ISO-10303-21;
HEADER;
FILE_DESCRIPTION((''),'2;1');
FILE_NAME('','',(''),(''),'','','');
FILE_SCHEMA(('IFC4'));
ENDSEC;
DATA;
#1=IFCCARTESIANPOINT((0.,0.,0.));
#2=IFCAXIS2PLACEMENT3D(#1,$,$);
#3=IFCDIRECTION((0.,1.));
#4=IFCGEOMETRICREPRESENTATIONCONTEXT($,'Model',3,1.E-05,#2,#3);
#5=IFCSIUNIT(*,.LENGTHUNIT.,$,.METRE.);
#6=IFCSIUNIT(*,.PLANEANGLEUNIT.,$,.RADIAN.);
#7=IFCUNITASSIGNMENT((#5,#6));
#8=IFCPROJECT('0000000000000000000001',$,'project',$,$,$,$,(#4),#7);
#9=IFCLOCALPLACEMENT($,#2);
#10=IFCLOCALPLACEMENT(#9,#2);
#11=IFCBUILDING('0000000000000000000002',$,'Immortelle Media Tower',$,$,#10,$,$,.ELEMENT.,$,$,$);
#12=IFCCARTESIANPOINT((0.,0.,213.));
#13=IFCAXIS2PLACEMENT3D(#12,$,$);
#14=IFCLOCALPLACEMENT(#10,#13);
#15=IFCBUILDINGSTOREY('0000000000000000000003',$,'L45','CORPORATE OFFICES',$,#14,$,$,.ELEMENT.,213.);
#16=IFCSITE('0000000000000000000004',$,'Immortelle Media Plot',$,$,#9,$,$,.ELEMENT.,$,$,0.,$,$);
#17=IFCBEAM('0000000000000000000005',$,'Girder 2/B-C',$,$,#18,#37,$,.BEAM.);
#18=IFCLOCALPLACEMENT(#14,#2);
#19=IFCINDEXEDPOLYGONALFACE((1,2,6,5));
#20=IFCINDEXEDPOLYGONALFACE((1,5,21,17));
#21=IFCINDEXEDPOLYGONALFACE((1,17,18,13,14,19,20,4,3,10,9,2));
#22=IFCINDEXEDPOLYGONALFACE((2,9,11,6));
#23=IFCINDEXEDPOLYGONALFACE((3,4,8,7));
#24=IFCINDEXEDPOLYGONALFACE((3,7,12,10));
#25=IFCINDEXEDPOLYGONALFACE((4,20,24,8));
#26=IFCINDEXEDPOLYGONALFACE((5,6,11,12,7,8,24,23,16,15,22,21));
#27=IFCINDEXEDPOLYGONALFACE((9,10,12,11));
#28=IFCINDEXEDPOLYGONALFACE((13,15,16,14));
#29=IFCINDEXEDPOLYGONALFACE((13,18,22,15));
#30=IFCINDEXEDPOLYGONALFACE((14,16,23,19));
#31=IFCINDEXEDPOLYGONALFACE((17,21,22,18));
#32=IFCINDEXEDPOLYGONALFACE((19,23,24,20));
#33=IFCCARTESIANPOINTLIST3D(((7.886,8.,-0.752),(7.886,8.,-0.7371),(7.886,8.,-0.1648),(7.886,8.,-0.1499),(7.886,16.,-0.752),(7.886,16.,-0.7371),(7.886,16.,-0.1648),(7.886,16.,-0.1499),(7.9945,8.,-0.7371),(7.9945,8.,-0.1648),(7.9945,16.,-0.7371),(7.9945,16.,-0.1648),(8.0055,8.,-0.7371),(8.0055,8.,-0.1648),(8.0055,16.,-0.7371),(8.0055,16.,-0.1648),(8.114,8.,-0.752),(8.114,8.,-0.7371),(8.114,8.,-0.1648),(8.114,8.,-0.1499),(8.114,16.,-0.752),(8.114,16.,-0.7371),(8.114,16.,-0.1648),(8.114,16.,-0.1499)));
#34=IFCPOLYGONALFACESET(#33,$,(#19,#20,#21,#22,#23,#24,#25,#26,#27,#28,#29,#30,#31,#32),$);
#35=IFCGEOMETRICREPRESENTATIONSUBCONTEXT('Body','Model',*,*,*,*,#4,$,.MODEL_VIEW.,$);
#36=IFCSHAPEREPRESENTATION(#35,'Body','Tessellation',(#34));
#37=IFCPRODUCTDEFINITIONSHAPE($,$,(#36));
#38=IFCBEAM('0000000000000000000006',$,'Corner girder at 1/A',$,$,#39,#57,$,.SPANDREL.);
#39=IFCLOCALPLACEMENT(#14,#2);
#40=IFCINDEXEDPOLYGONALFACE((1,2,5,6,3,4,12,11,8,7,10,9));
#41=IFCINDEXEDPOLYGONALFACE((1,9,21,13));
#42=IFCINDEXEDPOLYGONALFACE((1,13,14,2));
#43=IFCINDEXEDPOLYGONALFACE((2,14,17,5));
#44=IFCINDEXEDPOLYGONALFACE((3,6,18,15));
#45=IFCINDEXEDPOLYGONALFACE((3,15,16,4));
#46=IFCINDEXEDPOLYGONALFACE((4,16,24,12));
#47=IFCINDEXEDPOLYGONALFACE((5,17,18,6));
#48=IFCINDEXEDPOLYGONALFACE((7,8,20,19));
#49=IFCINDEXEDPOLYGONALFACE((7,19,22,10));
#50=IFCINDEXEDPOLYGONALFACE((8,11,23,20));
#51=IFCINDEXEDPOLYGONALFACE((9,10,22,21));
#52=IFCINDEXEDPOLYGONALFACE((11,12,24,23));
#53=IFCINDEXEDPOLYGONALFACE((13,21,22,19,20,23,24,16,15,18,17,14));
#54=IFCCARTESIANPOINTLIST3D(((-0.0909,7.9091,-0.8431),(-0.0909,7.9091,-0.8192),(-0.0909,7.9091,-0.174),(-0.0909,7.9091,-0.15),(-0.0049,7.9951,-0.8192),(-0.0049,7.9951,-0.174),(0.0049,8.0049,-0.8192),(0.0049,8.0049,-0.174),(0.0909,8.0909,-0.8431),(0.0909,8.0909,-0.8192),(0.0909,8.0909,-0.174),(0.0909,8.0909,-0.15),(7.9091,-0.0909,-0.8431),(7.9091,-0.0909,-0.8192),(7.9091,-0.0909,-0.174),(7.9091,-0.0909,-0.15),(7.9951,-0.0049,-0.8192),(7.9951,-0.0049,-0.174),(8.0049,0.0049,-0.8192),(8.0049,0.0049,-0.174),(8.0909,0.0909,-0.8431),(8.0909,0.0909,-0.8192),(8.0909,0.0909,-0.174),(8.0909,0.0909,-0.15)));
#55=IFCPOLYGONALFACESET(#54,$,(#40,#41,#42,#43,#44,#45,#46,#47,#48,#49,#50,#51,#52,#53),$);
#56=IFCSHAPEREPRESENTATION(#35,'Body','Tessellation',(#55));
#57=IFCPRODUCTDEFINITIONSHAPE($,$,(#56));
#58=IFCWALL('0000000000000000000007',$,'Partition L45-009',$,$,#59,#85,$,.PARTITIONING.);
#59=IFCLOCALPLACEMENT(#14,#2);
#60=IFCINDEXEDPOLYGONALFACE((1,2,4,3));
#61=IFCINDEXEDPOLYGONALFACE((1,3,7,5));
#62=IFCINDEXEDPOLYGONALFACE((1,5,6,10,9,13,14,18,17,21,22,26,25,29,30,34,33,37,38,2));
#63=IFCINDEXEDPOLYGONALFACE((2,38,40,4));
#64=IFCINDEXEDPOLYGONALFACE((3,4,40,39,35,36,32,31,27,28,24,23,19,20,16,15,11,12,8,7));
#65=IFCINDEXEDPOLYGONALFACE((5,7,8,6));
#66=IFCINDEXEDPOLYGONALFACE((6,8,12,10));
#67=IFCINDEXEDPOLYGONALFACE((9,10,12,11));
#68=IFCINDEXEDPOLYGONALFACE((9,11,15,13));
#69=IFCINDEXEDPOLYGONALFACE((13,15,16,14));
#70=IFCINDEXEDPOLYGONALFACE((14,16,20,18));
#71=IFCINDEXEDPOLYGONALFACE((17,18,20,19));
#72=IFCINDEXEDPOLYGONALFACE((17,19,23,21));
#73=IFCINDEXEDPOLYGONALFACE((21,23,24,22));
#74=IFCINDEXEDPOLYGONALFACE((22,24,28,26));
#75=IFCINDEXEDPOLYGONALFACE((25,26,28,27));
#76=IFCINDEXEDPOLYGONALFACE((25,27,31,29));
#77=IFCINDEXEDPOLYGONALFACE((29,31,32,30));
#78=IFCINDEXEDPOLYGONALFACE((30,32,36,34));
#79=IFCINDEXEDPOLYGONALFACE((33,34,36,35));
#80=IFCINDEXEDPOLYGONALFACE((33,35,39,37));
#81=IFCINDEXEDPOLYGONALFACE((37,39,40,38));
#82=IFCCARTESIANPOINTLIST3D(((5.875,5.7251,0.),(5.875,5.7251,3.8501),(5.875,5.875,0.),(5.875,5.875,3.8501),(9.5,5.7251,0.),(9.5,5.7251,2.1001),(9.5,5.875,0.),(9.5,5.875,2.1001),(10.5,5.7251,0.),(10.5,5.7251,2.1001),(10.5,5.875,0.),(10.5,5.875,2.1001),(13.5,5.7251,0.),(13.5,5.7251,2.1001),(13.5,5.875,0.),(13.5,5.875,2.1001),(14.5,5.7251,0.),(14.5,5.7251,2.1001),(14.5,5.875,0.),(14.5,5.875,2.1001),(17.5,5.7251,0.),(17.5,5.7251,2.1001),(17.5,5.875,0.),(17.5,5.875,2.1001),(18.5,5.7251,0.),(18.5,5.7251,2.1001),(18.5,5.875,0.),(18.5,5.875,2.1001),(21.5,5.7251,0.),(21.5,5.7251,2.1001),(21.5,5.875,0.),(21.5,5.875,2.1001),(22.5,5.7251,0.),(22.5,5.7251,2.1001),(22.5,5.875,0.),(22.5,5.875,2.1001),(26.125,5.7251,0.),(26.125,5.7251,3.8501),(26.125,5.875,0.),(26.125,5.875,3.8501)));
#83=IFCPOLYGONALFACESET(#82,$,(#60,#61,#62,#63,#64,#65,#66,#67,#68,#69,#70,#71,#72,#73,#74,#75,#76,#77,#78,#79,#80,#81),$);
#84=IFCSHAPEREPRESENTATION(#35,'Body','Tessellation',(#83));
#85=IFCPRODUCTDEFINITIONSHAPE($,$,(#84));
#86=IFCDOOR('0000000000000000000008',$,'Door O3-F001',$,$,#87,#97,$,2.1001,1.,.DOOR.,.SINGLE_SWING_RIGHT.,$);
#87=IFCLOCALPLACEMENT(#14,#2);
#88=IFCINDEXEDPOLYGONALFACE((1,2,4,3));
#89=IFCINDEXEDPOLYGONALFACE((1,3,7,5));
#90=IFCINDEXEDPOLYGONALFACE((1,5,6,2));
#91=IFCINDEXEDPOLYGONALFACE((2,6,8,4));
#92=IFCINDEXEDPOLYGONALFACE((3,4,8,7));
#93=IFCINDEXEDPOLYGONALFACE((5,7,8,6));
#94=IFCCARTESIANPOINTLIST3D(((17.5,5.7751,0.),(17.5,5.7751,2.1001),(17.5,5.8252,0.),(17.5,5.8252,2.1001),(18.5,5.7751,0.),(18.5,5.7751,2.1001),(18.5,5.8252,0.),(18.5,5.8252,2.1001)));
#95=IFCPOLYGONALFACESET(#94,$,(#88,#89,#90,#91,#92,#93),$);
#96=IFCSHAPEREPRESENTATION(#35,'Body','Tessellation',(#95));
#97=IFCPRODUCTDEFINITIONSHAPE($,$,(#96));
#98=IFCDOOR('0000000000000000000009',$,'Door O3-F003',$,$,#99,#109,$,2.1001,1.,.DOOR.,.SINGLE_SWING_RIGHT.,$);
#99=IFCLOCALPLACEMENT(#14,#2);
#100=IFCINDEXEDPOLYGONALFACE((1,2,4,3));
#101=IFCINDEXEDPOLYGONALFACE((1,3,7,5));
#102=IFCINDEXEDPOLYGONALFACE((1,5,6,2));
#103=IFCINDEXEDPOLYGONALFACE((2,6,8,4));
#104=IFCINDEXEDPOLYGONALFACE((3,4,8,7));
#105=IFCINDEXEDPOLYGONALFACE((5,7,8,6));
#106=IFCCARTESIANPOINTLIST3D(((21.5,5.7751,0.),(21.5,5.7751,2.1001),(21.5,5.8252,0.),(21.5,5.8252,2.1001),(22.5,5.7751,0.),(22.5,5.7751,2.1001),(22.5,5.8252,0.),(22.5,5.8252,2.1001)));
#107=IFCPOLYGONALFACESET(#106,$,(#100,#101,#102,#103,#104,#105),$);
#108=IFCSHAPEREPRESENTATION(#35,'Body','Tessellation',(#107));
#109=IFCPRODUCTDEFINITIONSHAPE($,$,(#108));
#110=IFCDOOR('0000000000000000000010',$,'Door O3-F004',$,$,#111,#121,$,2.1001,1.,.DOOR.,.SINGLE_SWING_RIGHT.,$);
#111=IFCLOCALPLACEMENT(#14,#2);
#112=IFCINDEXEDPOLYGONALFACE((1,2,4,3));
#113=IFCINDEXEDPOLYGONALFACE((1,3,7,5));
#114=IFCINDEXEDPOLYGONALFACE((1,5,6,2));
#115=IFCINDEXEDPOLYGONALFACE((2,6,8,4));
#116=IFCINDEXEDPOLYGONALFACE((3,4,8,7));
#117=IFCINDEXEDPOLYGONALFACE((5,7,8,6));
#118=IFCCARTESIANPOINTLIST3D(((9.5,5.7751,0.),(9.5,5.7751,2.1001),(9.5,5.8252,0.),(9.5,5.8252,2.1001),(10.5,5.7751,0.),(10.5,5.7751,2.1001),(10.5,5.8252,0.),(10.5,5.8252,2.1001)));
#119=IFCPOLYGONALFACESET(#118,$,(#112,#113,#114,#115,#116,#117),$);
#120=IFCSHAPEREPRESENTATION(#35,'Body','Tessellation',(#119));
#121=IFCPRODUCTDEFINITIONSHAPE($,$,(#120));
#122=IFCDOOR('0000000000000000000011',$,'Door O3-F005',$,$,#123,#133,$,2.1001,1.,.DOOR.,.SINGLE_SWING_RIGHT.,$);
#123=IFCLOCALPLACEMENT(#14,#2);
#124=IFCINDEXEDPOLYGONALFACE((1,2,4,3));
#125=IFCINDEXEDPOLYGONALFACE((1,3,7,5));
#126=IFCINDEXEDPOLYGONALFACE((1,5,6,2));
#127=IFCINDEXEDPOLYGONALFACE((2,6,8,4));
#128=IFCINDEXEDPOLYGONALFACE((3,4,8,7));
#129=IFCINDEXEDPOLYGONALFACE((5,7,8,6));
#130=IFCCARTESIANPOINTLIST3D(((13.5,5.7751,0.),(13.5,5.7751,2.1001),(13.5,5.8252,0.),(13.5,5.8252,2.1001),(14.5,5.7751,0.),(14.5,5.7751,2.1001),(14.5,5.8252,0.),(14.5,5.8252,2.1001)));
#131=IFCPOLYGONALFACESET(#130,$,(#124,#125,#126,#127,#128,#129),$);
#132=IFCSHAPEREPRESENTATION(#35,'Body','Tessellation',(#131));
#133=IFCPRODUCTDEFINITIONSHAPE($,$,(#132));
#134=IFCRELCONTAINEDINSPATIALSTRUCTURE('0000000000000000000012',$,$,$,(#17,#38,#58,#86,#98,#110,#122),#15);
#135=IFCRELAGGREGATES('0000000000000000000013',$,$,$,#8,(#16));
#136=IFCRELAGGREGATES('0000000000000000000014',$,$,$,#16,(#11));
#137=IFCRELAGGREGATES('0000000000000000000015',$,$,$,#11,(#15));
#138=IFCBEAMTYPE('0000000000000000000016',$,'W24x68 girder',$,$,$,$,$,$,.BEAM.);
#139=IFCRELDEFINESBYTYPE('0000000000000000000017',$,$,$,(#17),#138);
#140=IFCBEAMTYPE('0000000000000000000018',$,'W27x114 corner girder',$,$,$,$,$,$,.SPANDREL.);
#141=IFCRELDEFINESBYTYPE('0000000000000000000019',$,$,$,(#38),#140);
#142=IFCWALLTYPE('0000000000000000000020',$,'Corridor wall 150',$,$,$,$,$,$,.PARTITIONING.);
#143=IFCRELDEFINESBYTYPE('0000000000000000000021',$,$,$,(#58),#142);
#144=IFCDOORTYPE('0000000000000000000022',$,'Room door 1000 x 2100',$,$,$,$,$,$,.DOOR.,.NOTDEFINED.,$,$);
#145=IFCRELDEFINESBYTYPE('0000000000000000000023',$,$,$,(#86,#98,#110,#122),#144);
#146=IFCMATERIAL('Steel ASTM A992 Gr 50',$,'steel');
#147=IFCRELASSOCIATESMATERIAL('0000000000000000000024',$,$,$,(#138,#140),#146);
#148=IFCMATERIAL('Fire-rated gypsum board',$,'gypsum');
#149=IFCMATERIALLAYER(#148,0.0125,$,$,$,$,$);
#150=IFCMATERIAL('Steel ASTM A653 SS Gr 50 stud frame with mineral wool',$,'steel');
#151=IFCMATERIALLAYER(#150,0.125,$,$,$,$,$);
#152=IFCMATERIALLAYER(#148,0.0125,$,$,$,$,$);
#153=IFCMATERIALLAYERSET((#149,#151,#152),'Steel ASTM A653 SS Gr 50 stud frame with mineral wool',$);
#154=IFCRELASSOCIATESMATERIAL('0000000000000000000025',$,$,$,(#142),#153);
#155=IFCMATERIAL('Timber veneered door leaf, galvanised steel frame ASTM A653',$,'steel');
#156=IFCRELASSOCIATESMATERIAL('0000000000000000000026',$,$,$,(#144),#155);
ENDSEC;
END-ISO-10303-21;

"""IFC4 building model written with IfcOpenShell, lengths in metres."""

from ifc_helpers import new_model, si_unit, direction, frame, frame_2d, origin, origin_2d, place, context, subcontext, project, spatial, rectangle, i_section, extrude, material, layer, layer_set, material_profile, profile_set, type_object, element, fill, save


model = new_model("IFC4")

# Units and contexts
model_context = context("Model", 3, precision=1e-05, world=origin(), true_north=direction((0.0, 1.0)))
body_context = subcontext(model_context, "Body", "Model", "MODEL_VIEW")
ifc_project = project(units=[si_unit("LENGTHUNIT", "METRE"), si_unit("PLANEANGLEUNIT", "RADIAN")], contexts=[model_context])

# Site, building, storey
site_placement = place(None, origin())
site = spatial("IfcSite", under=ifc_project, at=site_placement, Name="Immortelle Media Plot", CompositionType="ELEMENT", RefElevation=0.0)
building_placement = place(site_placement, origin())
building = spatial("IfcBuilding", under=site, at=building_placement, Name="Immortelle Media Tower", CompositionType="ELEMENT")
storey_placement = place(building_placement, frame((0.0, 0.0, 213.0)))
storey = spatial("IfcBuildingStorey", under=building, at=storey_placement, Name="L45", Description="CORPORATE OFFICES", CompositionType="ELEMENT", Elevation=213.0)

# Shared definitions
ifc_material_1 = material(Name="Steel ASTM A992 Gr 50", Category="steel")

# Beams
ifc_material_profile_1 = material_profile(ifc_material_1, i_section(OverallWidth=0.228, OverallDepth=0.6021, WebThickness=0.011, FlangeThickness=0.0149, at=origin_2d()), Name="W24x68")
ifc_profile_set_1 = profile_set([ifc_material_profile_1], Name="Steel ASTM A992 Gr 50")
beam_type_1 = type_object("IfcBeamType", Name="W24x68 girder", PredefinedType="BEAM", material=ifc_profile_set_1)
for number, where, z_axis, x_axis, name in (
    (1, (8.0, 8.0, -0.4509), (0.0, 1.0, 0.0), (-1.0, 0.0, 0.0), "Girder 2/B-C"),
):
    element("IfcBeam", number, at=place(storey_placement, frame(where, z_axis=z_axis, x_axis=x_axis)), inside=storey, type_object=beam_type_1, Name=name, PredefinedType="BEAM", context=body_context, shape_type="SweptSolid", body=[
        extrude(i_section(OverallWidth=0.228, OverallDepth=0.6021, WebThickness=0.011, FlangeThickness=0.0149, at=origin_2d()), origin(), (0.0, 0.0, 1.0), 8.0),
    ])
ifc_material_profile_2 = material_profile(ifc_material_1, i_section(OverallWidth=0.2571, OverallDepth=0.6931, WebThickness=0.0139, FlangeThickness=0.0239, at=origin_2d()), Name="W27x114")
ifc_profile_set_2 = profile_set([ifc_material_profile_2], Name="Steel ASTM A992 Gr 50")
beam_type_2 = type_object("IfcBeamType", Name="W27x114 corner girder", PredefinedType="SPANDREL", material=ifc_profile_set_2)
beam_1_placement = place(storey_placement, frame((8.0, 0.0, -0.4966), z_axis=(-0.707107, 0.707107, 0.0), x_axis=(-0.707107, -0.707107, 0.0)))
element("IfcBeam", 2, at=beam_1_placement, inside=storey, type_object=beam_type_2, Name="Corner girder at 1/A", PredefinedType="SPANDREL", context=body_context, shape_type="SweptSolid", body=[
    extrude(i_section(OverallWidth=0.2571, OverallDepth=0.6931, WebThickness=0.0139, FlangeThickness=0.0239, at=origin_2d()), origin(), (0.0, 0.0, 1.0), 11.3137),
])

# Wall, openings, doors
ifc_material_2 = material(Name="Fire-rated gypsum board", Category="gypsum")
ifc_layer_1 = layer(ifc_material_2, 0.0125)
ifc_material_3 = material(Name="Steel ASTM A653 SS Gr 50 stud frame with mineral wool", Category="steel")
ifc_layer_2 = layer(ifc_material_3, 0.125)
ifc_layer_3 = layer(ifc_material_2, 0.0125)
ifc_layer_set_1 = layer_set([ifc_layer_1, ifc_layer_2, ifc_layer_3], Name="Steel ASTM A653 SS Gr 50 stud frame with mineral wool")
wall_type_1 = type_object("IfcWallType", Name="Corridor wall 150", PredefinedType="PARTITIONING", material=ifc_layer_set_1)
wall_1_placement = place(storey_placement, frame((5.875, 5.8, 0.0), z_axis=(0.0, 0.0, 1.0), x_axis=(1.0, 0.0, 0.0)))
wall_1 = element("IfcWall", 3, at=wall_1_placement, inside=storey, type_object=wall_type_1, Name="Partition L45-009", PredefinedType="PARTITIONING", context=body_context, shape_type="SweptSolid", body=[
    extrude(rectangle(XDim=20.25, YDim=0.1499, at=frame_2d((10.125, 0.0))), origin(), (0.0, 0.0, 1.0), 3.8501),
])
opening_1_placement = place(wall_1_placement, frame((12.625, 0.0, 0.0), z_axis=(0.0, 0.0, 1.0), x_axis=(-1.0, 0.0, 0.0)))
opening_1 = element("IfcOpeningElement", 4, at=opening_1_placement, cuts=wall_1, PredefinedType="OPENING", context=body_context, shape_type="SweptSolid", body=[
    extrude(rectangle(XDim=1.0, YDim=2.1001, at=frame_2d((0.5, 1.05))), frame((0.0, 0.085, 0.0), z_axis=(0.0, -1.0, 0.0), x_axis=(1.0, 0.0, 0.0)), (0.0, 0.0, 1.0), 0.1699),
])
opening_2_placement = place(wall_1_placement, frame((16.625, 0.0, 0.0), z_axis=(0.0, 0.0, 1.0), x_axis=(-1.0, 0.0, 0.0)))
opening_2 = element("IfcOpeningElement", 5, at=opening_2_placement, cuts=wall_1, PredefinedType="OPENING", context=body_context, shape_type="SweptSolid", body=[
    extrude(rectangle(XDim=1.0, YDim=2.1001, at=frame_2d((0.5, 1.05))), frame((0.0, 0.085, 0.0), z_axis=(0.0, -1.0, 0.0), x_axis=(1.0, 0.0, 0.0)), (0.0, 0.0, 1.0), 0.1699),
])
opening_3_placement = place(wall_1_placement, frame((4.625, 0.0, 0.0), z_axis=(0.0, 0.0, 1.0), x_axis=(-1.0, 0.0, 0.0)))
opening_3 = element("IfcOpeningElement", 6, at=opening_3_placement, cuts=wall_1, PredefinedType="OPENING", context=body_context, shape_type="SweptSolid", body=[
    extrude(rectangle(XDim=1.0, YDim=2.1001, at=frame_2d((0.5, 1.05))), frame((0.0, 0.085, 0.0), z_axis=(0.0, -1.0, 0.0), x_axis=(1.0, 0.0, 0.0)), (0.0, 0.0, 1.0), 0.1699),
])
opening_4_placement = place(wall_1_placement, frame((8.625, 0.0, 0.0), z_axis=(0.0, 0.0, 1.0), x_axis=(-1.0, 0.0, 0.0)))
opening_4 = element("IfcOpeningElement", 7, at=opening_4_placement, cuts=wall_1, PredefinedType="OPENING", context=body_context, shape_type="SweptSolid", body=[
    extrude(rectangle(XDim=1.0, YDim=2.1001, at=frame_2d((0.5, 1.05))), frame((0.0, 0.085, 0.0), z_axis=(0.0, -1.0, 0.0), x_axis=(1.0, 0.0, 0.0)), (0.0, 0.0, 1.0), 0.1699),
])
ifc_material_4 = material(Name="Timber veneered door leaf, galvanised steel frame ASTM A653", Category="steel")
door_type = type_object("IfcDoorType", Name="Room door 1000 x 2100", OperationType="NOTDEFINED", PredefinedType="DOOR", material=ifc_material_4)
door_1_placement = place(opening_1_placement, origin())
door_1 = element("IfcDoor", 8, at=door_1_placement, inside=storey, type_object=door_type, Name="Door O3-F001", OperationType="SINGLE_SWING_RIGHT", OverallHeight=2.1001, OverallWidth=1.0, PredefinedType="DOOR", context=body_context, shape_type="SweptSolid", body=[
    extrude(rectangle(XDim=1.0, YDim=2.1001, at=frame_2d((0.5, 1.05))), frame((0.0, 0.0249, 0.0), z_axis=(0.0, -1.0, 0.0), x_axis=(1.0, 0.0, 0.0)), (0.0, 0.0, 1.0), 0.05),
])
fill(opening_1, door_1)
door_2_placement = place(opening_2_placement, origin())
door_2 = element("IfcDoor", 9, at=door_2_placement, inside=storey, type_object=door_type, Name="Door O3-F003", OperationType="SINGLE_SWING_RIGHT", OverallHeight=2.1001, OverallWidth=1.0, PredefinedType="DOOR", context=body_context, shape_type="SweptSolid", body=[
    extrude(rectangle(XDim=1.0, YDim=2.1001, at=frame_2d((0.5, 1.05))), frame((0.0, 0.0249, 0.0), z_axis=(0.0, -1.0, 0.0), x_axis=(1.0, 0.0, 0.0)), (0.0, 0.0, 1.0), 0.05),
])
fill(opening_2, door_2)
door_3_placement = place(opening_3_placement, origin())
door_3 = element("IfcDoor", 10, at=door_3_placement, inside=storey, type_object=door_type, Name="Door O3-F004", OperationType="SINGLE_SWING_RIGHT", OverallHeight=2.1001, OverallWidth=1.0, PredefinedType="DOOR", context=body_context, shape_type="SweptSolid", body=[
    extrude(rectangle(XDim=1.0, YDim=2.1001, at=frame_2d((0.5, 1.05))), frame((0.0, 0.0249, 0.0), z_axis=(0.0, -1.0, 0.0), x_axis=(1.0, 0.0, 0.0)), (0.0, 0.0, 1.0), 0.05),
])
fill(opening_3, door_3)
door_4_placement = place(opening_4_placement, origin())
door_4 = element("IfcDoor", 11, at=door_4_placement, inside=storey, type_object=door_type, Name="Door O3-F005", OperationType="SINGLE_SWING_RIGHT", OverallHeight=2.1001, OverallWidth=1.0, PredefinedType="DOOR", context=body_context, shape_type="SweptSolid", body=[
    extrude(rectangle(XDim=1.0, YDim=2.1001, at=frame_2d((0.5, 1.05))), frame((0.0, 0.0249, 0.0), z_axis=(0.0, -1.0, 0.0), x_axis=(1.0, 0.0, 0.0)), (0.0, 0.0, 1.0), 0.05),
])
fill(opening_4, door_4)

save(model, "model.ifc")
